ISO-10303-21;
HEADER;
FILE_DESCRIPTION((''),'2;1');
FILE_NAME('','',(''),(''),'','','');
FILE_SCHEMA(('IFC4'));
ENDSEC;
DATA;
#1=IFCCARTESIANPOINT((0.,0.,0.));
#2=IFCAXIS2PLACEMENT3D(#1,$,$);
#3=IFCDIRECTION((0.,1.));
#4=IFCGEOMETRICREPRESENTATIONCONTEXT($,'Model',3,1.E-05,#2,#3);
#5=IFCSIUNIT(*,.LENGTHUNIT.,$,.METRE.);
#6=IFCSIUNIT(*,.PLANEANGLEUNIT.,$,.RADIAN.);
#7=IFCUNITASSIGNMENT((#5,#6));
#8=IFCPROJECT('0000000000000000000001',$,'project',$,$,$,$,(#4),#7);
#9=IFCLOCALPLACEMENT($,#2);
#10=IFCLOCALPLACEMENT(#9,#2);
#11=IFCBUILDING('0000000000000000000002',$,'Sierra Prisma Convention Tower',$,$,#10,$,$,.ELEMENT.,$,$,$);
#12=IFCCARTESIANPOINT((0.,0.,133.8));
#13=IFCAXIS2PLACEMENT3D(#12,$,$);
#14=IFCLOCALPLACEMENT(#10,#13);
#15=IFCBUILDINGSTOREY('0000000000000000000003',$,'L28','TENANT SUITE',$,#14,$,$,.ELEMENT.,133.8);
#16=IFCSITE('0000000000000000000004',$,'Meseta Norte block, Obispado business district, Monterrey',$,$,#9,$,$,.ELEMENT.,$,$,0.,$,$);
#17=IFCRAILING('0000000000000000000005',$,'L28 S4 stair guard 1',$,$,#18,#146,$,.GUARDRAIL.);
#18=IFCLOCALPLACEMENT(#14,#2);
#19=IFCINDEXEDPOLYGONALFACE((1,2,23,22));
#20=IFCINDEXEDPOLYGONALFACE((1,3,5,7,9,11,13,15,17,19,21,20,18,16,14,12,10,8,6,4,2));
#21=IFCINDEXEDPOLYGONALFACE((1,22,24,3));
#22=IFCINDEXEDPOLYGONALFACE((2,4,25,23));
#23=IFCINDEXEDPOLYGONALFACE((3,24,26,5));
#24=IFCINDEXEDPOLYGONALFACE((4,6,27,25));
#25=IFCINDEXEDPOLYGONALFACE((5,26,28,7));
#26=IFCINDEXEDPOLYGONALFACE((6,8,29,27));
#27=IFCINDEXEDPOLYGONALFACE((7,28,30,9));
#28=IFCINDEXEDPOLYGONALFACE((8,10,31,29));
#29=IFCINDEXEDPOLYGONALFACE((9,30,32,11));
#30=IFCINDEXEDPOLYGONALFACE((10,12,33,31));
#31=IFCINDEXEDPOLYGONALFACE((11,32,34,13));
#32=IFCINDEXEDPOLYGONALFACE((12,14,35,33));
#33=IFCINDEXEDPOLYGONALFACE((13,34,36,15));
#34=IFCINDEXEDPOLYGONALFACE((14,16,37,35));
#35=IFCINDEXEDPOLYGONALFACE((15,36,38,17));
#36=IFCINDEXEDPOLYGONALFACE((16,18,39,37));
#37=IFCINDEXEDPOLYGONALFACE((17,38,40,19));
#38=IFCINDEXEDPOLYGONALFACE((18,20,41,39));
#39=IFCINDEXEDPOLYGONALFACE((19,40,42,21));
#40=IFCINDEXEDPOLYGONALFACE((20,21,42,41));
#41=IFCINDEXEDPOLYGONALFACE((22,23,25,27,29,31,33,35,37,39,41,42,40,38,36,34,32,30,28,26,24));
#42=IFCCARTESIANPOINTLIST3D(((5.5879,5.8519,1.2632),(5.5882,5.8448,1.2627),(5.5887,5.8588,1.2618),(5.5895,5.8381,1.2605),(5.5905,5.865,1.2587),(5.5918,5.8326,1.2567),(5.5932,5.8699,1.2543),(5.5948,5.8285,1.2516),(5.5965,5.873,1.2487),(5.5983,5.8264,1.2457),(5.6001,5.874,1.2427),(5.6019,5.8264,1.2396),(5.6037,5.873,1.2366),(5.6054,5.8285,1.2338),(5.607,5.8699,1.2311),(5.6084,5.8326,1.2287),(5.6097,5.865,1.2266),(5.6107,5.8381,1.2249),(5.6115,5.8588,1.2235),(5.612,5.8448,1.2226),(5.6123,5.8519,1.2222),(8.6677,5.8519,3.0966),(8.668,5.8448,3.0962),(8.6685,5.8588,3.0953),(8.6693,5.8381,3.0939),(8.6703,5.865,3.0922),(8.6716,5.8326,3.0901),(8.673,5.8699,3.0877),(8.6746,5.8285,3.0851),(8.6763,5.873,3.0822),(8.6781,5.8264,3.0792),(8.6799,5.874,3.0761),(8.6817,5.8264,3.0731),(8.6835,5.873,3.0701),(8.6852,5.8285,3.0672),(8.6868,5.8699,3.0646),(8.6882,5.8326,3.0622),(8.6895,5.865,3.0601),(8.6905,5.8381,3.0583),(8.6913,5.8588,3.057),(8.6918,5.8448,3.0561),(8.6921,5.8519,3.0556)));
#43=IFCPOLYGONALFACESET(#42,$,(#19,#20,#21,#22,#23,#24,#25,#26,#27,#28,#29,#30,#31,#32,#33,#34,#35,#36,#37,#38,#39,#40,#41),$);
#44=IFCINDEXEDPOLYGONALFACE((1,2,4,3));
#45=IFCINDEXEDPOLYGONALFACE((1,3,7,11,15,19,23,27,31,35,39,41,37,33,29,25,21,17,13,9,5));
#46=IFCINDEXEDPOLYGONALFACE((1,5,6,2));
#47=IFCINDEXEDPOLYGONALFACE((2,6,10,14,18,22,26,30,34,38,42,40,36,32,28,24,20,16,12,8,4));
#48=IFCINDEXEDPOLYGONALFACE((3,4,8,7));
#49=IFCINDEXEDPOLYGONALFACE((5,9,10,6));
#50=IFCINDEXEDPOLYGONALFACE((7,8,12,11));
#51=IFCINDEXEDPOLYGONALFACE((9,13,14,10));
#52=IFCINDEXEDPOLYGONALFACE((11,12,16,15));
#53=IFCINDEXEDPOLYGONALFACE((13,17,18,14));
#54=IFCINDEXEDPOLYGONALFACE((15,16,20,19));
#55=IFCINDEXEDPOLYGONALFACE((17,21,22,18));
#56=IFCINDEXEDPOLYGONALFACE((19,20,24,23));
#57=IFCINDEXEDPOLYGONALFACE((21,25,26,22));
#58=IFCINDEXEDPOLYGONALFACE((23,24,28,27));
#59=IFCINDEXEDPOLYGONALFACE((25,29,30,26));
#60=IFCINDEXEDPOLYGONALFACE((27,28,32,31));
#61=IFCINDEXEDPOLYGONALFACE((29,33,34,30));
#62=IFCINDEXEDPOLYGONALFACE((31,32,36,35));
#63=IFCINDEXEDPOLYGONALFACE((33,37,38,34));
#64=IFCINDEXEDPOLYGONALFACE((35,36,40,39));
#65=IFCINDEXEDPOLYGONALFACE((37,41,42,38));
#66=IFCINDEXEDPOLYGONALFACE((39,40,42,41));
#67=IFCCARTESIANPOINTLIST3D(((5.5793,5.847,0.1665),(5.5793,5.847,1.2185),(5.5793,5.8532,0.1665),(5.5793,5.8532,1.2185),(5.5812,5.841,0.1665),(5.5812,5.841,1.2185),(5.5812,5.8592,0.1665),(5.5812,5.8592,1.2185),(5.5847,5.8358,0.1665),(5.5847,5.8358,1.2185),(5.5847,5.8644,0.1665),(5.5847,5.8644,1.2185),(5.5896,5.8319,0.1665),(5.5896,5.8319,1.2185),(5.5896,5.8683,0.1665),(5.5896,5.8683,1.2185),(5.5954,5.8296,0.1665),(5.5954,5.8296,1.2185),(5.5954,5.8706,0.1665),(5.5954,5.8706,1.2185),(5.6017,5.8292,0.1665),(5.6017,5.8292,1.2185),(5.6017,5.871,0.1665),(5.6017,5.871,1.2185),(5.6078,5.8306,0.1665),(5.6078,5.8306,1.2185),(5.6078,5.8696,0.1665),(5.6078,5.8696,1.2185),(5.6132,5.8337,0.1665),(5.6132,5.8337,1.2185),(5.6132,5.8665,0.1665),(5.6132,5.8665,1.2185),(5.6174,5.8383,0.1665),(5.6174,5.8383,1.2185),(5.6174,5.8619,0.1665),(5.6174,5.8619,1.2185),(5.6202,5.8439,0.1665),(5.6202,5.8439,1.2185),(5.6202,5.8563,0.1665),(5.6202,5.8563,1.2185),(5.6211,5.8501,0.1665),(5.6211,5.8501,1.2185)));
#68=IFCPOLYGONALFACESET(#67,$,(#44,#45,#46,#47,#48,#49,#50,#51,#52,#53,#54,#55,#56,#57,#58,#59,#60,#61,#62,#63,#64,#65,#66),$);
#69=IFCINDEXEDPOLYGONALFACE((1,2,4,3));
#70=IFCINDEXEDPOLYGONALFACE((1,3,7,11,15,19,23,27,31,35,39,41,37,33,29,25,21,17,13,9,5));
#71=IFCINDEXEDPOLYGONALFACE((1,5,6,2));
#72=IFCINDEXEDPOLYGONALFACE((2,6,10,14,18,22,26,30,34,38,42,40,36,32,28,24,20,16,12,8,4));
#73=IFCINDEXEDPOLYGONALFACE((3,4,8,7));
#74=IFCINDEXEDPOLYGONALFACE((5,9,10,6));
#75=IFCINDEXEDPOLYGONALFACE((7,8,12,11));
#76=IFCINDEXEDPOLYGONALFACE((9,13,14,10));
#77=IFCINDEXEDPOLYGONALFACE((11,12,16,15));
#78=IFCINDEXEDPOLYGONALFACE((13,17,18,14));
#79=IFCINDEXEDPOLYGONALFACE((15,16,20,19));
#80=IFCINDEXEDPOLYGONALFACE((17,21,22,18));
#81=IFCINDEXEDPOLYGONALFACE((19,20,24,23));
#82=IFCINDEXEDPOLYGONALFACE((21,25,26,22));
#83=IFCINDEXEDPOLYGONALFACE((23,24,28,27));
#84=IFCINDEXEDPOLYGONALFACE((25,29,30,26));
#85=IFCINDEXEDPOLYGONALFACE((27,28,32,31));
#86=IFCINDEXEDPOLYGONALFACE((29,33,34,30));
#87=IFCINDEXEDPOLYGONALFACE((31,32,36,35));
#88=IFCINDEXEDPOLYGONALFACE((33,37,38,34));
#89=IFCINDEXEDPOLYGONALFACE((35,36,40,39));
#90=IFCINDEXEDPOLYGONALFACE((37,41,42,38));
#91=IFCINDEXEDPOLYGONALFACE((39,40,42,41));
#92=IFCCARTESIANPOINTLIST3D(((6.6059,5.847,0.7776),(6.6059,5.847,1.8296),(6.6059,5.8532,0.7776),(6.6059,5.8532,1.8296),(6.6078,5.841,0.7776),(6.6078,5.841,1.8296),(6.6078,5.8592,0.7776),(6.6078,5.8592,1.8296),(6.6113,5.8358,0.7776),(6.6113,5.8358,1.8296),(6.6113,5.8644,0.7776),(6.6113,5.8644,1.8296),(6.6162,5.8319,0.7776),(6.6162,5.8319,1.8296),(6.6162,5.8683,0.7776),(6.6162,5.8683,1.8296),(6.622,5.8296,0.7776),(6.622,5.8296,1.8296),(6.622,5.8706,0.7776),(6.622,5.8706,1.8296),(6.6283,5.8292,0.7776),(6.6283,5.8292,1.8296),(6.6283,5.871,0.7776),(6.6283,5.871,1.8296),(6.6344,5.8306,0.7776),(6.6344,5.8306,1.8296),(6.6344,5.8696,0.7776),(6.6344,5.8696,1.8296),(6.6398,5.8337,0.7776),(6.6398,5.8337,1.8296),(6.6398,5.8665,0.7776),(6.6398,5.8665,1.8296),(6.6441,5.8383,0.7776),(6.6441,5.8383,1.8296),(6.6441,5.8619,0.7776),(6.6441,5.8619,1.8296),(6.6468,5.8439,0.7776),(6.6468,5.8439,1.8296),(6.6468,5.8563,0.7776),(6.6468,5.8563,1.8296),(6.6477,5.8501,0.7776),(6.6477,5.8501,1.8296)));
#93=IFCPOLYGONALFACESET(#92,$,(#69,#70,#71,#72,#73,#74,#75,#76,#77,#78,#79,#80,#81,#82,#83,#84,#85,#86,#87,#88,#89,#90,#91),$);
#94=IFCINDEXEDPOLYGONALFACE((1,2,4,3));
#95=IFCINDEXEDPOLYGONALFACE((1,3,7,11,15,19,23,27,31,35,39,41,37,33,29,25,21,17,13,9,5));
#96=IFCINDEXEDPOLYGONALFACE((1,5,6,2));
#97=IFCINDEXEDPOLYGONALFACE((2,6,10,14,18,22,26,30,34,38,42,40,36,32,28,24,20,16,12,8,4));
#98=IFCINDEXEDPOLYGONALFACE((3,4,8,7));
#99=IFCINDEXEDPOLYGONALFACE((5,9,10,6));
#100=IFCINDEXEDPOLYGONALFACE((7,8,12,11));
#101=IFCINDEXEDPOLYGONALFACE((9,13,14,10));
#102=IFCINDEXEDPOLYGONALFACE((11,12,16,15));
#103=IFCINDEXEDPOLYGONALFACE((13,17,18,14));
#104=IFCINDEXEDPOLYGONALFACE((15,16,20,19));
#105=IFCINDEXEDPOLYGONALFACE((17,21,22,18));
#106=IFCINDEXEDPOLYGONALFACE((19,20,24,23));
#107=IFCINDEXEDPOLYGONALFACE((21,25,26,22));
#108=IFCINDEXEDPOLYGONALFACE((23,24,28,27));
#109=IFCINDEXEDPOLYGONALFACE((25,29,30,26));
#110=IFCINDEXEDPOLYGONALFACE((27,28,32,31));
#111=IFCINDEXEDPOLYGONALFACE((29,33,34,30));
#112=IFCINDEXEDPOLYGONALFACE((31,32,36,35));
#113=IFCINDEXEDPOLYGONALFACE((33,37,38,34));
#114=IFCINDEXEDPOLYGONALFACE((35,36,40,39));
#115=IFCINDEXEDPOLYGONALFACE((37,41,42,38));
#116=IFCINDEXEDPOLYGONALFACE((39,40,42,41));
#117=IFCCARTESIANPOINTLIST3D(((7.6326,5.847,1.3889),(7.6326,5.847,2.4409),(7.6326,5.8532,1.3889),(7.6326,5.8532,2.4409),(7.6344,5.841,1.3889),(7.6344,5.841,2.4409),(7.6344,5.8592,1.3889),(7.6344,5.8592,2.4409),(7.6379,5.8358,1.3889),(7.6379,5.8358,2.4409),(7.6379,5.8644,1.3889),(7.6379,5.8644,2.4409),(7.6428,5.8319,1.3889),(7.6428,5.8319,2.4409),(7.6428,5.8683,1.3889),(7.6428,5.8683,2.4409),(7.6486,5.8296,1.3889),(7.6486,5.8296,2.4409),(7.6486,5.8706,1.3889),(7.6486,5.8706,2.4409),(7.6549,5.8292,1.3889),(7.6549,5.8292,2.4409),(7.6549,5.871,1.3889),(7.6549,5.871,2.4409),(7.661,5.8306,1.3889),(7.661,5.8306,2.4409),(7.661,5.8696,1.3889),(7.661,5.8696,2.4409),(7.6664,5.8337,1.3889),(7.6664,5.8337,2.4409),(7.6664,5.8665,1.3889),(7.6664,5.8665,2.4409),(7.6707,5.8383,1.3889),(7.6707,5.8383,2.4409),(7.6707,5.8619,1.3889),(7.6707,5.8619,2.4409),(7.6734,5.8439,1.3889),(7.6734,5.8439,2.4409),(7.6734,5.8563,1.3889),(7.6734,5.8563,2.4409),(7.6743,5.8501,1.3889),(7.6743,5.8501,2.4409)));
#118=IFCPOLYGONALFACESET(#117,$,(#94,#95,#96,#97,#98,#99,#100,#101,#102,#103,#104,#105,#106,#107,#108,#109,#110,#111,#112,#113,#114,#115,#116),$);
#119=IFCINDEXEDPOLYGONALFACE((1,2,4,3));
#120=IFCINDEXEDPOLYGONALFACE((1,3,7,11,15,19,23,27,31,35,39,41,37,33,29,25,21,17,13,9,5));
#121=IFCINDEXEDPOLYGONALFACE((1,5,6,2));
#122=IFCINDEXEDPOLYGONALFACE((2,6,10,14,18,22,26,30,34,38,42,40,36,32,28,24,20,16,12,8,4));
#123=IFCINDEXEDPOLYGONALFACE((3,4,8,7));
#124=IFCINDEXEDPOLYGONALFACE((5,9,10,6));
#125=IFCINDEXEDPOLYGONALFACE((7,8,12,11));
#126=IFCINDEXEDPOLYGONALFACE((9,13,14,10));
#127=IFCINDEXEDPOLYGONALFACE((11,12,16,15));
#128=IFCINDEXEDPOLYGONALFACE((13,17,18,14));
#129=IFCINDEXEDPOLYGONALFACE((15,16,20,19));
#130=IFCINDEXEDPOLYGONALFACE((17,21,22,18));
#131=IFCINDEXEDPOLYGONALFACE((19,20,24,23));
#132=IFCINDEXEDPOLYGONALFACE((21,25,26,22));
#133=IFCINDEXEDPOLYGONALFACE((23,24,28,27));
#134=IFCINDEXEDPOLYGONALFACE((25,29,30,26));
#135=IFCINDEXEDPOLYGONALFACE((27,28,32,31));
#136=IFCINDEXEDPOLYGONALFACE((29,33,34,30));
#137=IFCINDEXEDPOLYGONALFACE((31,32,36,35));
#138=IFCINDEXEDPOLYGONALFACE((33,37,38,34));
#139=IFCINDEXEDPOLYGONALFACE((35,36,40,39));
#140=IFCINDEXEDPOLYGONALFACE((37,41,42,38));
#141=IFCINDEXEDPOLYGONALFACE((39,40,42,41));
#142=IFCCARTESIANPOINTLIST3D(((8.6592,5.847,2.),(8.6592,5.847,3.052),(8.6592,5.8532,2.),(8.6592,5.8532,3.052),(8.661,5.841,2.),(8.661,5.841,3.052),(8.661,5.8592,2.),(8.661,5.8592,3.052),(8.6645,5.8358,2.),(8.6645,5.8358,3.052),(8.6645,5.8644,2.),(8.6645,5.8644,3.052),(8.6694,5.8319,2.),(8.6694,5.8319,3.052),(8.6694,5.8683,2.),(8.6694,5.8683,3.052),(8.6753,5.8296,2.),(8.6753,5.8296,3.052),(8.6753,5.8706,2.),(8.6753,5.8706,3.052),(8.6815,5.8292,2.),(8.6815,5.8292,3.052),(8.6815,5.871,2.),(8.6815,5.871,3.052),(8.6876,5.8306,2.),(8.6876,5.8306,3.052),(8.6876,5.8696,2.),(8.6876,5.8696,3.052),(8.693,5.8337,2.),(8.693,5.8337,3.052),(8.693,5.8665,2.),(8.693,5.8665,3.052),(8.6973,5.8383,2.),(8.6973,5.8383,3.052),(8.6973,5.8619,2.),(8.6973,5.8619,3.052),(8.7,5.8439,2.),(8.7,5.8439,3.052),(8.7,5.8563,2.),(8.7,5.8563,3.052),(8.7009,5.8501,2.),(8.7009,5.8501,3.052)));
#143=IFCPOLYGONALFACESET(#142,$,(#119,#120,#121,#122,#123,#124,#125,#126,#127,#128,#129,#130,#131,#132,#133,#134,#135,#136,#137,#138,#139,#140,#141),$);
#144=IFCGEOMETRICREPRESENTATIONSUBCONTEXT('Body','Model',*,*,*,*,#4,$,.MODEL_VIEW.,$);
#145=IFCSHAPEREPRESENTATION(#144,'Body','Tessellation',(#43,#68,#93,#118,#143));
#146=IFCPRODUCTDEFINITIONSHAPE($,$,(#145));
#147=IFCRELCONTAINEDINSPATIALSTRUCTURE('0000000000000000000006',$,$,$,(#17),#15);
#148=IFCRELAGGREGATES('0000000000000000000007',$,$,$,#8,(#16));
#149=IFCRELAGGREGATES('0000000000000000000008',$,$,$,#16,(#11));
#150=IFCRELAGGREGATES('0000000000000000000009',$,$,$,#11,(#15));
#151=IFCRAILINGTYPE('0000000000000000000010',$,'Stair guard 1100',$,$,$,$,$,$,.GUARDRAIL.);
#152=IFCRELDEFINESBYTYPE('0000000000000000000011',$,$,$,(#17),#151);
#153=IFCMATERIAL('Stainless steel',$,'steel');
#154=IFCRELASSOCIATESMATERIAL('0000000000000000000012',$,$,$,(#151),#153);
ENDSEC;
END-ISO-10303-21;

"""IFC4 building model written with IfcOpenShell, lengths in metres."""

from ifc_helpers import new_model, si_unit, direction, frame, origin, origin_2d, place, context, subcontext, project, spatial, circle, extrude, material, type_object, element, save


model = new_model("IFC4")

# Units and contexts
model_context = context("Model", 3, precision=1e-05, world=origin(), true_north=direction((0.0, 1.0)))
body_context = subcontext(model_context, "Body", "Model", "MODEL_VIEW")
ifc_project = project(units=[si_unit("LENGTHUNIT", "METRE"), si_unit("PLANEANGLEUNIT", "RADIAN")], contexts=[model_context])

# Site, building, storey
site_placement = place(None, origin())
site = spatial("IfcSite", under=ifc_project, at=site_placement, Name="Meseta Norte block, Obispado business district, Monterrey", CompositionType="ELEMENT", RefElevation=0.0)
building_placement = place(site_placement, origin())
building = spatial("IfcBuilding", under=site, at=building_placement, Name="Sierra Prisma Convention Tower", CompositionType="ELEMENT")
storey_placement = place(building_placement, frame((0.0, 0.0, 133.8)))
storey = spatial("IfcBuildingStorey", under=building, at=storey_placement, Name="L28", Description="TENANT SUITE", CompositionType="ELEMENT", Elevation=133.8)

# Railing
ifc_material_1 = material(Name="Stainless steel", Category="steel")
railing_type_1 = type_object("IfcRailingType", Name="Stair guard 1100", PredefinedType="GUARDRAIL", material=ifc_material_1)
railing_1_placement = place(storey_placement, frame((5.6001, 5.8501, 0.1665)))
element("IfcRailing", 1, at=railing_1_placement, inside=storey, type_object=railing_type_1, Name="L28 S4 stair guard 1", PredefinedType="GUARDRAIL", context=body_context, shape_type="SweptSolid", body=[
    extrude(circle(Radius=0.0239, at=origin_2d()), frame((0.0, 0.0, 1.0762), z_axis=(0.859261, 0.0, 0.511538), x_axis=(0.0, 1.0, 0.0)), (0.0, 0.0, 1.0), 3.5842),
    extrude(circle(Radius=0.021, at=origin_2d()), origin(), (0.0, 0.0, 1.0), 1.052),
    extrude(circle(Radius=0.021, at=origin_2d()), frame((1.0266, 0.0, 0.6111)), (0.0, 0.0, 1.0), 1.052),
    extrude(circle(Radius=0.021, at=origin_2d()), frame((2.0532, 0.0, 1.2224)), (0.0, 0.0, 1.0), 1.052),
    extrude(circle(Radius=0.021, at=origin_2d()), frame((3.0798, 0.0, 1.8335)), (0.0, 0.0, 1.0), 1.052),
])

save(model, "model.ifc")
